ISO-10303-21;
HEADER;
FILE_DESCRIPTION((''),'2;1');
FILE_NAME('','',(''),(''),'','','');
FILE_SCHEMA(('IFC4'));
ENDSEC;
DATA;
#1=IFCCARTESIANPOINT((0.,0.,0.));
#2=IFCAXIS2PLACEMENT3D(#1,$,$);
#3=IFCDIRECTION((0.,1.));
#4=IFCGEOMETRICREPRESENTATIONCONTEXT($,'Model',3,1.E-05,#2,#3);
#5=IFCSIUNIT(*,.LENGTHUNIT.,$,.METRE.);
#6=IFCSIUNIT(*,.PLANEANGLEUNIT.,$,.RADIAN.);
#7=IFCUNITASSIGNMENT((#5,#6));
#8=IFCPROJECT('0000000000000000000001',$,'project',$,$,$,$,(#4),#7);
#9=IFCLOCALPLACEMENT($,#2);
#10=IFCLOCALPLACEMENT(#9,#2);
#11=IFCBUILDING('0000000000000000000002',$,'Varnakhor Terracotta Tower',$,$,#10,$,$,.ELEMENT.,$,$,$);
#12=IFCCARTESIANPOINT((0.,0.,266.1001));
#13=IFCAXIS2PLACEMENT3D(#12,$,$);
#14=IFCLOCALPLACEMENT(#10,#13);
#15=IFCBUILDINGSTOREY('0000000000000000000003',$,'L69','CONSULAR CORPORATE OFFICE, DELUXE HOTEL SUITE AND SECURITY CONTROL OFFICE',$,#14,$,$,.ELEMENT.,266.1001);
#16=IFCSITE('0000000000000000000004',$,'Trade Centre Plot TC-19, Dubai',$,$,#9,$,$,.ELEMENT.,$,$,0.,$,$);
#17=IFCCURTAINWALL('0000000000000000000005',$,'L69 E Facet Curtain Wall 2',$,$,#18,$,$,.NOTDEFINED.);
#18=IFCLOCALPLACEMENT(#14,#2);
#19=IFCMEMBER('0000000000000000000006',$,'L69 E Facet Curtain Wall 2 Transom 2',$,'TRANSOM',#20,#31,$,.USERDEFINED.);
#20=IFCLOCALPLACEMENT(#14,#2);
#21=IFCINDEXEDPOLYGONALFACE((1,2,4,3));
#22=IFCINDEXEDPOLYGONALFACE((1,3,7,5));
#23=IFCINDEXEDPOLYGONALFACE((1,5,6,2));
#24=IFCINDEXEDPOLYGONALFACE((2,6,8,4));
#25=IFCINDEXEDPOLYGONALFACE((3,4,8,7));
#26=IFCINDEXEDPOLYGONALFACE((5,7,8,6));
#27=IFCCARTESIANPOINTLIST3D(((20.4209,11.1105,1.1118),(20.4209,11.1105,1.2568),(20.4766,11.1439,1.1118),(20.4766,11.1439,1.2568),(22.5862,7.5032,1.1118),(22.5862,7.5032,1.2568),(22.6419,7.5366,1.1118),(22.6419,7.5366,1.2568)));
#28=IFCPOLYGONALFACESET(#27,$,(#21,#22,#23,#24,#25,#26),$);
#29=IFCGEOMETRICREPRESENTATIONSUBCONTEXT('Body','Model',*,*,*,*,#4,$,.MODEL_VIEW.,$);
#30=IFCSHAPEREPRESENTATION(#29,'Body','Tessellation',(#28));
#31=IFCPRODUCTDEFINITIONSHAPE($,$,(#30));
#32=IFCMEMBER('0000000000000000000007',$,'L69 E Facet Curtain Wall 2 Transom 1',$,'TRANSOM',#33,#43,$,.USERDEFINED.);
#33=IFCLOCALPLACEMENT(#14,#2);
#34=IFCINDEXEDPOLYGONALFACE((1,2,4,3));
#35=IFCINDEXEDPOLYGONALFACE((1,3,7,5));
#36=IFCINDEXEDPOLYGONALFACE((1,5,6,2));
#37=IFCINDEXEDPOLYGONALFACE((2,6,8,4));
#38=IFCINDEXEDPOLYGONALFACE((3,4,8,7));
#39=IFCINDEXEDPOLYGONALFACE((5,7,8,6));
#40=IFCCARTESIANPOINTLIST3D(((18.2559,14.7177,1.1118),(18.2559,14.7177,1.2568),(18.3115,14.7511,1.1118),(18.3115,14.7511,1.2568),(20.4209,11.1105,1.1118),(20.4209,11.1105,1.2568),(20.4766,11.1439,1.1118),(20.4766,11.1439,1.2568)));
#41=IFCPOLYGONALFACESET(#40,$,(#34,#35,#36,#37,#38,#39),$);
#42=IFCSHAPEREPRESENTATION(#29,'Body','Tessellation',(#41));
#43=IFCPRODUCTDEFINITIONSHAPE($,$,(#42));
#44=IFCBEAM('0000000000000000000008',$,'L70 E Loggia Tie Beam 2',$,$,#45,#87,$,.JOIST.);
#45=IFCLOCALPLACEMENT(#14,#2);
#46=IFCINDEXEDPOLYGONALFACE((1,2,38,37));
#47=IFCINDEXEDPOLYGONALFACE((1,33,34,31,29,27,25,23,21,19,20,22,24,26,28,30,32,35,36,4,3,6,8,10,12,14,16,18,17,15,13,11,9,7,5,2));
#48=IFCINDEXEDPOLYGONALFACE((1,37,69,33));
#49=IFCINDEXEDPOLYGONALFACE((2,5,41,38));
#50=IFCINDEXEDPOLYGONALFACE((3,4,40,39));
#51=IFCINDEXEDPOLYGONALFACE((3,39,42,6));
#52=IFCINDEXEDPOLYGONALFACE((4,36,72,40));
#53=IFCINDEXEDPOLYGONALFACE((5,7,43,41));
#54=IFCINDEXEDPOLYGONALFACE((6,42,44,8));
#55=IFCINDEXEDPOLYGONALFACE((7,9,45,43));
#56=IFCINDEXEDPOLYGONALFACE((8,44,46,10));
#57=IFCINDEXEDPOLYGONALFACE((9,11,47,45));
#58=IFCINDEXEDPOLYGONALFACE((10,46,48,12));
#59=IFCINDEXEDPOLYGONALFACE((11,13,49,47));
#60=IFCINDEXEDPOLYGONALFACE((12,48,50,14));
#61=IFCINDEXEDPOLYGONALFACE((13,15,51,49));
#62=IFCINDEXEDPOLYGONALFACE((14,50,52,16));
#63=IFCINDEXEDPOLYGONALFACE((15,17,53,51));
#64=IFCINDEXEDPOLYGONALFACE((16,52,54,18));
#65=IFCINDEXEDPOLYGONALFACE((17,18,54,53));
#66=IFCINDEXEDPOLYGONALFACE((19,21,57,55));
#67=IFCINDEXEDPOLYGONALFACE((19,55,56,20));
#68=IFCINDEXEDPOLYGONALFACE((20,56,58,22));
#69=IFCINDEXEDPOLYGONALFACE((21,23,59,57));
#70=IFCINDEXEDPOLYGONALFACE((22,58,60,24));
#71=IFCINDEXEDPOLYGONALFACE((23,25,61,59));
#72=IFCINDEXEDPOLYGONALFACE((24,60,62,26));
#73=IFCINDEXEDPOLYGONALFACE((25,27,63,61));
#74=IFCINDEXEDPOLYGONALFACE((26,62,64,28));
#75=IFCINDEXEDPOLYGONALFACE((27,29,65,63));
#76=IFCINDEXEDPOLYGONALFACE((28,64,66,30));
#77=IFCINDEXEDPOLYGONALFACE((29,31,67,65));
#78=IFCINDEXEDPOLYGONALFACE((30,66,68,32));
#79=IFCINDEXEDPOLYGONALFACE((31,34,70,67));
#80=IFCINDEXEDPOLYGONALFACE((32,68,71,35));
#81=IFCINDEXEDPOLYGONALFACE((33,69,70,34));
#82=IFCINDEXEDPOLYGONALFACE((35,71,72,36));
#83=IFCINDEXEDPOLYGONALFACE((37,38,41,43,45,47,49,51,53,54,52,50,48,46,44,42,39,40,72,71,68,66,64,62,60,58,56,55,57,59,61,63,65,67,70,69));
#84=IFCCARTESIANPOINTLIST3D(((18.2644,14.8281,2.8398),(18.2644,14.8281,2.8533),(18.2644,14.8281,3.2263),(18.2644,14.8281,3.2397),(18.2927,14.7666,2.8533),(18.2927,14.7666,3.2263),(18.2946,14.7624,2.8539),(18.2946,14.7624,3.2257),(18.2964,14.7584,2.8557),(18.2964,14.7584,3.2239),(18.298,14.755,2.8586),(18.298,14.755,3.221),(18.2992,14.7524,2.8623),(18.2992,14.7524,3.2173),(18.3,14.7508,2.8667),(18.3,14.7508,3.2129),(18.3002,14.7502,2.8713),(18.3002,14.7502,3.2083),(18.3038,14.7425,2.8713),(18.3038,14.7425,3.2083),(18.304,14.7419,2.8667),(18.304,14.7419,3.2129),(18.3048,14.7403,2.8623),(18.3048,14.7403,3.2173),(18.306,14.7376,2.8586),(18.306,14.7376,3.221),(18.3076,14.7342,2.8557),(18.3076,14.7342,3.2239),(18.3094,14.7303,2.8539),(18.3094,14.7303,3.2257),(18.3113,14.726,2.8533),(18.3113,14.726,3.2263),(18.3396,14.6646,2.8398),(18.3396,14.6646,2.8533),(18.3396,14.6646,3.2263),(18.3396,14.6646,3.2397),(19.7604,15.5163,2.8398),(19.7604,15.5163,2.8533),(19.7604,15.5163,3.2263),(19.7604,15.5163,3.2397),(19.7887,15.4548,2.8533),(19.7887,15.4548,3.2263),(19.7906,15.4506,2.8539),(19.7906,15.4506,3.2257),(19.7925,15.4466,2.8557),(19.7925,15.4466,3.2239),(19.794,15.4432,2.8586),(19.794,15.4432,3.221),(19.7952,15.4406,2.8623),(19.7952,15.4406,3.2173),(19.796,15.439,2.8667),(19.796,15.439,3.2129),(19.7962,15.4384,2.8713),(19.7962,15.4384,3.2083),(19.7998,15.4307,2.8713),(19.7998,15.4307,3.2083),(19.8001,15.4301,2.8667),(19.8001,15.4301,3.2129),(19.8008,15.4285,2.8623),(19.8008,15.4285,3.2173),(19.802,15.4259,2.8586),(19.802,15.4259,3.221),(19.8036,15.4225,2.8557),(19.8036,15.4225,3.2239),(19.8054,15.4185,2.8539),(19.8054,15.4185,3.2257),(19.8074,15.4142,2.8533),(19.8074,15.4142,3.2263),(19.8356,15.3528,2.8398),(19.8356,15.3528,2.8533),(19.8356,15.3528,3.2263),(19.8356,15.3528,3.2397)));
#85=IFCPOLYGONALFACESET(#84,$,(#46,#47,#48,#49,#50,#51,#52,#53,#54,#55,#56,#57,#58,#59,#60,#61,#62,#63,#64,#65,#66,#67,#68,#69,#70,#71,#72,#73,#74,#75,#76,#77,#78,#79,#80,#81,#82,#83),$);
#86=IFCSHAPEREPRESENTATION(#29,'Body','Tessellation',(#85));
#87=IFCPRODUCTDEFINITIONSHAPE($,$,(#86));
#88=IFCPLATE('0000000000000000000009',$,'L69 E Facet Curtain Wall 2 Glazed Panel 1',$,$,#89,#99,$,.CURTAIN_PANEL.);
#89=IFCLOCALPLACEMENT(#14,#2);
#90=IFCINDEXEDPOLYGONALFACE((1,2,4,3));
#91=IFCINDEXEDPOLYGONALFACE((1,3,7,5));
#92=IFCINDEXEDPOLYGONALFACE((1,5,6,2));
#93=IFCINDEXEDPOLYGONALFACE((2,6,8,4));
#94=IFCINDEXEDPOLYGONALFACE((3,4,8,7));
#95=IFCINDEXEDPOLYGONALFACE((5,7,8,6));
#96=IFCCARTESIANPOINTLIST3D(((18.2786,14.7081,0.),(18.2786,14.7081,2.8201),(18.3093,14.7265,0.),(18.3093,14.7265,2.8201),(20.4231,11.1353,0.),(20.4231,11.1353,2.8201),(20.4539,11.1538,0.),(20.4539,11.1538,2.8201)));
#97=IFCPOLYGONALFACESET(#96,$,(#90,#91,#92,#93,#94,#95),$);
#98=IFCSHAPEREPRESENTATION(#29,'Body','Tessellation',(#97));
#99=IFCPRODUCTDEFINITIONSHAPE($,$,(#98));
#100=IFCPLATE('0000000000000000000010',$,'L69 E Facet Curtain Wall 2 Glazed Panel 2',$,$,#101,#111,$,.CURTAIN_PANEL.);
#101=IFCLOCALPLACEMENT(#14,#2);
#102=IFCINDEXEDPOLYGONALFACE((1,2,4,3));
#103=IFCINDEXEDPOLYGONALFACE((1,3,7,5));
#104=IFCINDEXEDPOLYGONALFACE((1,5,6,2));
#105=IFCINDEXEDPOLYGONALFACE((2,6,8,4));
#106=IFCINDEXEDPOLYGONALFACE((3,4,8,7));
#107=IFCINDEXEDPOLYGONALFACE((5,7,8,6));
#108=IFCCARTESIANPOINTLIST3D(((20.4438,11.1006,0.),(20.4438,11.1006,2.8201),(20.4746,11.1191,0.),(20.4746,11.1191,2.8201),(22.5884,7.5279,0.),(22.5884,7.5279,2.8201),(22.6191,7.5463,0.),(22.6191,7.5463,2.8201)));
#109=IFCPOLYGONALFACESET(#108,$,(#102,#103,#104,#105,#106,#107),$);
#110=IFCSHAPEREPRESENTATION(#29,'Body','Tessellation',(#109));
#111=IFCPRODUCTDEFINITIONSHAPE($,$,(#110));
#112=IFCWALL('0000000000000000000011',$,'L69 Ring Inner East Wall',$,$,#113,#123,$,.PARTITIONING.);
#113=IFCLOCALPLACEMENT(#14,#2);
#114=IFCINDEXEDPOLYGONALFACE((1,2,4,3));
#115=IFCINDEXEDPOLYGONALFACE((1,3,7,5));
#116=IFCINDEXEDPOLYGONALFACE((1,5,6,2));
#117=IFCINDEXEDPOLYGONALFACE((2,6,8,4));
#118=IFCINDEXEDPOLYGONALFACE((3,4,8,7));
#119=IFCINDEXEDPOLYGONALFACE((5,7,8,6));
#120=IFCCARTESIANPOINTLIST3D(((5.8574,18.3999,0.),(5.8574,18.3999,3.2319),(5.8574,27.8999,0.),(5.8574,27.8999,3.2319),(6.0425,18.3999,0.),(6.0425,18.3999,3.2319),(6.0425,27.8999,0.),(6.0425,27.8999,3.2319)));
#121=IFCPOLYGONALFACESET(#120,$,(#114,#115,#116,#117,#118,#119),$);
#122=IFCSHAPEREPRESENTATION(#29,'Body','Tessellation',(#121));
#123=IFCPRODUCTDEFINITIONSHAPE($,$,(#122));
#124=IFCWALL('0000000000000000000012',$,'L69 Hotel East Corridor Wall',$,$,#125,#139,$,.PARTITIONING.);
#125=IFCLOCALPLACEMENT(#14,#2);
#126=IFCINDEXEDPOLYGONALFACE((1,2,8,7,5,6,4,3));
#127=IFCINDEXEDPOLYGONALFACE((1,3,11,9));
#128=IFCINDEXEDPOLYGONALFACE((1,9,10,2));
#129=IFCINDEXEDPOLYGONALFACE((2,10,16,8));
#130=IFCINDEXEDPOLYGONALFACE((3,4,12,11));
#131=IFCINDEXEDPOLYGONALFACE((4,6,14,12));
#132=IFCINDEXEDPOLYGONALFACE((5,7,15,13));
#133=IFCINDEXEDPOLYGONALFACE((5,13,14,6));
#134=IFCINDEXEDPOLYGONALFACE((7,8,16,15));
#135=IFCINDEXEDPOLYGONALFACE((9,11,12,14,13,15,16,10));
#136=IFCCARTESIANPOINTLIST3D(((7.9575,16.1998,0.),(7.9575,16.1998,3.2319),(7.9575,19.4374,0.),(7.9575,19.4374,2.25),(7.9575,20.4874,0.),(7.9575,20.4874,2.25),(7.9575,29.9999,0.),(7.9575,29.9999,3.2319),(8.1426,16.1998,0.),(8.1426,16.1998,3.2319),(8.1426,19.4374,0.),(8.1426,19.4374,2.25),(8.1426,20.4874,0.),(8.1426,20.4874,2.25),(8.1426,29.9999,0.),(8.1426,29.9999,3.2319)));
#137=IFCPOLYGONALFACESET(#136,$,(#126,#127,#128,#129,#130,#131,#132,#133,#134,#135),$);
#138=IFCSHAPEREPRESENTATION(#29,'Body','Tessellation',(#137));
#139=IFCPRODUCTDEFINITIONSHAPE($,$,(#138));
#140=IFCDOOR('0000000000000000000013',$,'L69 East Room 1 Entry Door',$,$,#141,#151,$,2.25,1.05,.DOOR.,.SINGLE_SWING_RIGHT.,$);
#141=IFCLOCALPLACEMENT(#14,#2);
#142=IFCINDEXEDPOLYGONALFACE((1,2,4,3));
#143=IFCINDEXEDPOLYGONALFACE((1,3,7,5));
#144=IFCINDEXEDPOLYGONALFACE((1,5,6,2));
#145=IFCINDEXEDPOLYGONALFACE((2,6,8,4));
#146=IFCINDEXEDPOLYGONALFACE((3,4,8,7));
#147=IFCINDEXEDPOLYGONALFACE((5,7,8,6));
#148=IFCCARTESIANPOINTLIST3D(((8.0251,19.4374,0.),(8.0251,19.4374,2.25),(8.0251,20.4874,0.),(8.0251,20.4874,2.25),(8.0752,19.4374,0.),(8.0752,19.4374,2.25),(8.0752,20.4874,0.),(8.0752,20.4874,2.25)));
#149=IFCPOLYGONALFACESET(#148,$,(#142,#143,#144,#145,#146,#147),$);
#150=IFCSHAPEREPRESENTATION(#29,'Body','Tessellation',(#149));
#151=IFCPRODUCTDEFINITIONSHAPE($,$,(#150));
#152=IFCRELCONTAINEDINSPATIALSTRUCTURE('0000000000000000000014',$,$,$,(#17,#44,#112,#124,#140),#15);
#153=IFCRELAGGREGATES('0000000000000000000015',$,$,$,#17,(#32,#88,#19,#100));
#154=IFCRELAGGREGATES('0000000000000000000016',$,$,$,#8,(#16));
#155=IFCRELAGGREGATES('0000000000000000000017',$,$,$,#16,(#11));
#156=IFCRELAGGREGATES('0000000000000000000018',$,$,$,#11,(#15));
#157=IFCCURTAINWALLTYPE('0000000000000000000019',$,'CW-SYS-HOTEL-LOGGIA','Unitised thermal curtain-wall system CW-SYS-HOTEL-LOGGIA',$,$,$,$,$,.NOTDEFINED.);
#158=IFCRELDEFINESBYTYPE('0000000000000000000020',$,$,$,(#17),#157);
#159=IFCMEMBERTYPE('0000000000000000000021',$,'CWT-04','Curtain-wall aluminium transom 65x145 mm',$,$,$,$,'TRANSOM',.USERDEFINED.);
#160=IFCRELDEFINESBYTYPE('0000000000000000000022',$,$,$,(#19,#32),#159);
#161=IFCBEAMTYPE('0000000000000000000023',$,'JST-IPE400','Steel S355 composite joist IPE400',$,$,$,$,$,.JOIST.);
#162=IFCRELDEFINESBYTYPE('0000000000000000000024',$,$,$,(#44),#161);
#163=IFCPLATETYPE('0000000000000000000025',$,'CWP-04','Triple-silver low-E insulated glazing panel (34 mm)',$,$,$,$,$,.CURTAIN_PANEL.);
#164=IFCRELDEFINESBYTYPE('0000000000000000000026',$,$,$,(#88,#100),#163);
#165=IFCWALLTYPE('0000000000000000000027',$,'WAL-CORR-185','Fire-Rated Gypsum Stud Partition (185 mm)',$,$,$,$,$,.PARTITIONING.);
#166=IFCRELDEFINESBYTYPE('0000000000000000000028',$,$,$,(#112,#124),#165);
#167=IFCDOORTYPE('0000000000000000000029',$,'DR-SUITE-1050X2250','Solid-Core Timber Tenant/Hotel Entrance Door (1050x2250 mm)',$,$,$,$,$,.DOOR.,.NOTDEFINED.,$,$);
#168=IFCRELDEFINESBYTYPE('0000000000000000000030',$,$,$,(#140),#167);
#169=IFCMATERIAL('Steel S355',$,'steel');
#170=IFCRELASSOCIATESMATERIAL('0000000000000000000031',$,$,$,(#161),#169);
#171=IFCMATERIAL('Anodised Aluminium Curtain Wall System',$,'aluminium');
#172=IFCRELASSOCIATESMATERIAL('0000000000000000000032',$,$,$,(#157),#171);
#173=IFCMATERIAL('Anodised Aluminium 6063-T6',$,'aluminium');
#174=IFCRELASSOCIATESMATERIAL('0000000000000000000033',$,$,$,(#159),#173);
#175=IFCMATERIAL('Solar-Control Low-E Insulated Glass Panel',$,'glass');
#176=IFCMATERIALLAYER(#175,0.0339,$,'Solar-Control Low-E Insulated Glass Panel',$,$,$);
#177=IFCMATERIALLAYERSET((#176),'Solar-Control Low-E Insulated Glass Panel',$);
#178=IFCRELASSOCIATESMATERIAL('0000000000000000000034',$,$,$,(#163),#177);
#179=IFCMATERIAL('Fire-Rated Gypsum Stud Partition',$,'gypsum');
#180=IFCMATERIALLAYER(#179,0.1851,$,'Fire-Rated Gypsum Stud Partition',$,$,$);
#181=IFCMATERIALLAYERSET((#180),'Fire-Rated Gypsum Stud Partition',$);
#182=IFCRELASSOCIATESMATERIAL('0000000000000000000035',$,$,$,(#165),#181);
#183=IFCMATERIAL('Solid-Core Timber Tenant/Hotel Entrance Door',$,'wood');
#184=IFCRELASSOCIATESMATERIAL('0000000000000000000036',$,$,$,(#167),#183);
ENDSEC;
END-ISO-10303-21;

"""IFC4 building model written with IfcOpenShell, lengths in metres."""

from ifc_helpers import new_model, si_unit, direction, frame, frame_2d, origin, origin_2d, place, context, subcontext, project, spatial, rectangle, i_section, extrude, source, transform, mapped, material, layer, layer_set, material_profile, profile_set, type_object, type_shapes, element, fill, aggregate, save


model = new_model("IFC4")

# Units and contexts
model_context = context("Model", 3, precision=1e-05, world=origin(), true_north=direction((0.0, 1.0)))
body_context = subcontext(model_context, "Body", "Model", "MODEL_VIEW")
ifc_project = project(units=[si_unit("LENGTHUNIT", "METRE"), si_unit("PLANEANGLEUNIT", "RADIAN")], contexts=[model_context])

# Site, building, storey
site_placement = place(None, origin())
site = spatial("IfcSite", under=ifc_project, at=site_placement, Name="Trade Centre Plot TC-19, Dubai", CompositionType="ELEMENT", RefElevation=0.0)
building_placement = place(site_placement, origin())
building = spatial("IfcBuilding", under=site, at=building_placement, Name="Varnakhor Terracotta Tower", CompositionType="ELEMENT")
storey_placement = place(building_placement, frame((0.0, 0.0, 266.1001)))
storey = spatial("IfcBuildingStorey", under=building, at=storey_placement, Name="L69", Description="CONSULAR CORPORATE OFFICE, DELUXE HOTEL SUITE AND SECURITY CONTROL OFFICE", CompositionType="ELEMENT", Elevation=266.1001)

# Shared definitions
ifc_material_1 = material(Name="Steel S355", Category="steel")
ifc_material_profile_1 = material_profile(ifc_material_1, i_section(OverallWidth=0.1799, OverallDepth=0.3999, WebThickness=0.0085, FlangeThickness=0.0134, FilletRadius=0.0181, at=origin_2d()), Name="IPE400")
ifc_profile_set_1 = profile_set([ifc_material_profile_1], Name="Steel S355")
beam_type_1 = type_object("IfcBeamType", Name="JST-IPE400", Description="Steel S355 composite joist IPE400", PredefinedType="JOIST", material=ifc_profile_set_1)

# Curtain wall, members
ifc_material_2 = material(Name="Anodised Aluminium Curtain Wall System", Category="aluminium")
curtain_wall_type = type_object("IfcCurtainWallType", Name="CW-SYS-HOTEL-LOGGIA", Description="Unitised thermal curtain-wall system CW-SYS-HOTEL-LOGGIA", PredefinedType="NOTDEFINED", material=ifc_material_2)
curtain_wall_placement = place(storey_placement, origin())
curtain_wall = element("IfcCurtainWall", 1, at=curtain_wall_placement, inside=storey, type_object=curtain_wall_type, Name="L69 E Facet Curtain Wall 2", PredefinedType="NOTDEFINED")
ifc_material_3 = material(Name="Anodised Aluminium 6063-T6", Category="aluminium")
ifc_material_profile_2 = material_profile(ifc_material_3, rectangle(XDim=0.0649, YDim=0.145, at=origin_2d()), Name="ALU TRANSOM 65x145")
ifc_profile_set_2 = profile_set([ifc_material_profile_2], Name="Anodised Aluminium 6063-T6")
member_type_1 = type_object("IfcMemberType", Name="CWT-04", Description="Curtain-wall aluminium transom 65x145 mm", ElementType="TRANSOM", PredefinedType="USERDEFINED", material=ifc_profile_set_2)
shared_shape_1 = source(origin(), body_context, "Body", "SweptSolid", [
    extrude(rectangle(XDim=0.0649, YDim=0.145, at=origin_2d()), origin(), (0.0, 0.0, 1.0), 4.2073),
])
member_1_placement = place(storey_placement, frame((20.4487, 11.1272, 1.1843), z_axis=(0.514666, -0.857391, 0.0), x_axis=(0.857391, 0.514666, 0.0)))
member_1 = element("IfcMember", 2, at=member_1_placement, type_object=member_type_1, Name="L69 E Facet Curtain Wall 2 Transom 2", ObjectType="TRANSOM", PredefinedType="USERDEFINED", context=body_context, shape_type="MappedRepresentation", body=[
    mapped(shared_shape_1, transform((0.0, 0.0, 0.0), scale=1.0)),
])
shared_shape_2 = source(origin(), body_context, "Body", "SweptSolid", [
    extrude(rectangle(XDim=0.0649, YDim=0.145, at=origin_2d()), origin(), (0.0, 0.0, 1.0), 4.207),
])
member_2_placement = place(storey_placement, frame((18.2837, 14.7344, 1.1843), z_axis=(0.514624, -0.857416, 0.0), x_axis=(0.857416, 0.514624, 0.0)))
member_2 = element("IfcMember", 3, at=member_2_placement, type_object=member_type_1, Name="L69 E Facet Curtain Wall 2 Transom 1", ObjectType="TRANSOM", PredefinedType="USERDEFINED", context=body_context, shape_type="MappedRepresentation", body=[
    mapped(shared_shape_2, transform((0.0, 0.0, 0.0), scale=1.0)),
])

# Beam
shared_shape_3 = source(origin(), body_context, "Body", "SweptSolid", [
    extrude(i_section(OverallWidth=0.1799, OverallDepth=0.3999, WebThickness=0.0085, FlangeThickness=0.0134, FilletRadius=0.0181, at=origin_2d()), origin(), (0.0, 0.0, 1.0), 1.6467),
])
beam_1_placement = place(storey_placement, frame((18.302, 14.7463, 3.0398), z_axis=(0.908484, 0.41792, 0.0), x_axis=(-0.41792, 0.908484, 0.0)))
element("IfcBeam", 4, at=beam_1_placement, inside=storey, type_object=beam_type_1, Name="L70 E Loggia Tie Beam 2", PredefinedType="JOIST", context=body_context, shape_type="MappedRepresentation", body=[
    mapped(shared_shape_3, transform((0.0, 0.0, 0.0), scale=1.0)),
])

# Plates
ifc_material_4 = material(Name="Solar-Control Low-E Insulated Glass Panel", Category="glass")
ifc_layer_1 = layer(ifc_material_4, 0.0339, Name="Solar-Control Low-E Insulated Glass Panel")
ifc_layer_set_1 = layer_set([ifc_layer_1], Name="Solar-Control Low-E Insulated Glass Panel")
plate_type = type_object("IfcPlateType", Name="CWP-04", Description="Triple-silver low-E insulated glazing panel (34 mm)", PredefinedType="CURTAIN_PANEL", material=ifc_layer_set_1)
shared_shape_4 = source(origin(), body_context, "Body", "SweptSolid", [
    extrude(rectangle(XDim=4.167, YDim=0.0359, at=origin_2d()), origin(), (0.0, 0.0, 1.0), 2.8201),
])
plate_1_placement = place(storey_placement, frame((19.3662, 12.9309, 0.0), z_axis=(0.0, 0.0, 1.0), x_axis=(0.514649, -0.857401, 0.0)))
plate_1 = element("IfcPlate", 5, at=plate_1_placement, type_object=plate_type, Name="L69 E Facet Curtain Wall 2 Glazed Panel 1", PredefinedType="CURTAIN_PANEL", context=body_context, shape_type="MappedRepresentation", body=[
    mapped(shared_shape_4, transform((0.0, 0.0, 0.0), scale=1.0)),
])
plate_2_placement = place(storey_placement, frame((21.5315, 9.3235, 0.0), z_axis=(0.0, 0.0, 1.0), x_axis=(0.514649, -0.857401, 0.0)))
plate_2 = element("IfcPlate", 6, at=plate_2_placement, type_object=plate_type, Name="L69 E Facet Curtain Wall 2 Glazed Panel 2", PredefinedType="CURTAIN_PANEL", context=body_context, shape_type="MappedRepresentation", body=[
    mapped(shared_shape_4, transform((0.0, 0.0, 0.0), scale=1.0)),
])
aggregate(curtain_wall, [member_2, plate_1, member_1, plate_2])

# Wall
ifc_material_5 = material(Name="Fire-Rated Gypsum Stud Partition", Category="gypsum")
ifc_layer_2 = layer(ifc_material_5, 0.1851, Name="Fire-Rated Gypsum Stud Partition")
ifc_layer_set_2 = layer_set([ifc_layer_2], Name="Fire-Rated Gypsum Stud Partition")
wall_type_1 = type_object("IfcWallType", Name="WAL-CORR-185", Description="Fire-Rated Gypsum Stud Partition (185 mm)", PredefinedType="PARTITIONING", material=ifc_layer_set_2)
wall_1_placement = place(storey_placement, frame((5.95, 18.3999, 0.0), z_axis=(0.0, 0.0, 1.0), x_axis=(0.0, 1.0, 0.0)))
element("IfcWall", 7, at=wall_1_placement, inside=storey, type_object=wall_type_1, Name="L69 Ring Inner East Wall", PredefinedType="PARTITIONING", context=body_context, shape_type="SweptSolid", body=[
    extrude(rectangle(XDim=9.5, YDim=0.1851, at=frame_2d((4.75, 0.0))), origin(), (0.0, 0.0, 1.0), 3.2319),
])

# Wall, opening, door
wall_2_placement = place(storey_placement, frame((8.05, 16.2, 0.0), z_axis=(0.0, 0.0, 1.0), x_axis=(0.0, 1.0, 0.0)))
wall_2 = element("IfcWall", 8, at=wall_2_placement, inside=storey, type_object=wall_type_1, Name="L69 Hotel East Corridor Wall", PredefinedType="PARTITIONING", context=body_context, shape_type="SweptSolid", body=[
    extrude(rectangle(XDim=13.8, YDim=0.1851, at=frame_2d((6.8999, 0.0))), origin(), (0.0, 0.0, 1.0), 3.2319),
])
opening_1_placement = place(wall_2_placement, frame((3.2375, 0.0, 0.0)))
opening_1 = element("IfcOpeningElement", 9, at=opening_1_placement, cuts=wall_2, PredefinedType="OPENING", context=body_context, shape_type="SweptSolid", body=[
    extrude(rectangle(XDim=1.05, YDim=2.25, at=frame_2d((0.5249, 1.125))), frame((0.0, 0.1025, 0.0), z_axis=(0.0, -1.0, 0.0), x_axis=(1.0, 0.0, 0.0)), (0.0, 0.0, 1.0), 0.2051),
])
ifc_material_6 = material(Name="Solid-Core Timber Tenant/Hotel Entrance Door", Category="wood")
door_type_1 = type_object("IfcDoorType", Name="DR-SUITE-1050X2250", Description="Solid-Core Timber Tenant/Hotel Entrance Door (1050x2250 mm)", OperationType="NOTDEFINED", PredefinedType="DOOR", material=ifc_material_6)
shared_shape_5 = source(origin(), body_context, "Body", "SweptSolid", [
    extrude(rectangle(XDim=1.05, YDim=2.25, at=frame_2d((0.5249, 1.125))), frame((0.0, 0.0249, 0.0), z_axis=(0.0, -1.0, 0.0), x_axis=(1.0, 0.0, 0.0)), (0.0, 0.0, 1.0), 0.05),
])
type_shapes(door_type_1, [shared_shape_5])
door_1_placement = place(opening_1_placement, origin())
door_1 = element("IfcDoor", 10, at=door_1_placement, inside=storey, type_object=door_type_1, Name="L69 East Room 1 Entry Door", OperationType="SINGLE_SWING_RIGHT", OverallHeight=2.25, OverallWidth=1.05, PredefinedType="DOOR", context=body_context, shape_type="MappedRepresentation", body=[
    mapped(shared_shape_5, transform((0.0, 0.0, 0.0), scale=1.0)),
])
fill(opening_1, door_1)

save(model, "model.ifc")
